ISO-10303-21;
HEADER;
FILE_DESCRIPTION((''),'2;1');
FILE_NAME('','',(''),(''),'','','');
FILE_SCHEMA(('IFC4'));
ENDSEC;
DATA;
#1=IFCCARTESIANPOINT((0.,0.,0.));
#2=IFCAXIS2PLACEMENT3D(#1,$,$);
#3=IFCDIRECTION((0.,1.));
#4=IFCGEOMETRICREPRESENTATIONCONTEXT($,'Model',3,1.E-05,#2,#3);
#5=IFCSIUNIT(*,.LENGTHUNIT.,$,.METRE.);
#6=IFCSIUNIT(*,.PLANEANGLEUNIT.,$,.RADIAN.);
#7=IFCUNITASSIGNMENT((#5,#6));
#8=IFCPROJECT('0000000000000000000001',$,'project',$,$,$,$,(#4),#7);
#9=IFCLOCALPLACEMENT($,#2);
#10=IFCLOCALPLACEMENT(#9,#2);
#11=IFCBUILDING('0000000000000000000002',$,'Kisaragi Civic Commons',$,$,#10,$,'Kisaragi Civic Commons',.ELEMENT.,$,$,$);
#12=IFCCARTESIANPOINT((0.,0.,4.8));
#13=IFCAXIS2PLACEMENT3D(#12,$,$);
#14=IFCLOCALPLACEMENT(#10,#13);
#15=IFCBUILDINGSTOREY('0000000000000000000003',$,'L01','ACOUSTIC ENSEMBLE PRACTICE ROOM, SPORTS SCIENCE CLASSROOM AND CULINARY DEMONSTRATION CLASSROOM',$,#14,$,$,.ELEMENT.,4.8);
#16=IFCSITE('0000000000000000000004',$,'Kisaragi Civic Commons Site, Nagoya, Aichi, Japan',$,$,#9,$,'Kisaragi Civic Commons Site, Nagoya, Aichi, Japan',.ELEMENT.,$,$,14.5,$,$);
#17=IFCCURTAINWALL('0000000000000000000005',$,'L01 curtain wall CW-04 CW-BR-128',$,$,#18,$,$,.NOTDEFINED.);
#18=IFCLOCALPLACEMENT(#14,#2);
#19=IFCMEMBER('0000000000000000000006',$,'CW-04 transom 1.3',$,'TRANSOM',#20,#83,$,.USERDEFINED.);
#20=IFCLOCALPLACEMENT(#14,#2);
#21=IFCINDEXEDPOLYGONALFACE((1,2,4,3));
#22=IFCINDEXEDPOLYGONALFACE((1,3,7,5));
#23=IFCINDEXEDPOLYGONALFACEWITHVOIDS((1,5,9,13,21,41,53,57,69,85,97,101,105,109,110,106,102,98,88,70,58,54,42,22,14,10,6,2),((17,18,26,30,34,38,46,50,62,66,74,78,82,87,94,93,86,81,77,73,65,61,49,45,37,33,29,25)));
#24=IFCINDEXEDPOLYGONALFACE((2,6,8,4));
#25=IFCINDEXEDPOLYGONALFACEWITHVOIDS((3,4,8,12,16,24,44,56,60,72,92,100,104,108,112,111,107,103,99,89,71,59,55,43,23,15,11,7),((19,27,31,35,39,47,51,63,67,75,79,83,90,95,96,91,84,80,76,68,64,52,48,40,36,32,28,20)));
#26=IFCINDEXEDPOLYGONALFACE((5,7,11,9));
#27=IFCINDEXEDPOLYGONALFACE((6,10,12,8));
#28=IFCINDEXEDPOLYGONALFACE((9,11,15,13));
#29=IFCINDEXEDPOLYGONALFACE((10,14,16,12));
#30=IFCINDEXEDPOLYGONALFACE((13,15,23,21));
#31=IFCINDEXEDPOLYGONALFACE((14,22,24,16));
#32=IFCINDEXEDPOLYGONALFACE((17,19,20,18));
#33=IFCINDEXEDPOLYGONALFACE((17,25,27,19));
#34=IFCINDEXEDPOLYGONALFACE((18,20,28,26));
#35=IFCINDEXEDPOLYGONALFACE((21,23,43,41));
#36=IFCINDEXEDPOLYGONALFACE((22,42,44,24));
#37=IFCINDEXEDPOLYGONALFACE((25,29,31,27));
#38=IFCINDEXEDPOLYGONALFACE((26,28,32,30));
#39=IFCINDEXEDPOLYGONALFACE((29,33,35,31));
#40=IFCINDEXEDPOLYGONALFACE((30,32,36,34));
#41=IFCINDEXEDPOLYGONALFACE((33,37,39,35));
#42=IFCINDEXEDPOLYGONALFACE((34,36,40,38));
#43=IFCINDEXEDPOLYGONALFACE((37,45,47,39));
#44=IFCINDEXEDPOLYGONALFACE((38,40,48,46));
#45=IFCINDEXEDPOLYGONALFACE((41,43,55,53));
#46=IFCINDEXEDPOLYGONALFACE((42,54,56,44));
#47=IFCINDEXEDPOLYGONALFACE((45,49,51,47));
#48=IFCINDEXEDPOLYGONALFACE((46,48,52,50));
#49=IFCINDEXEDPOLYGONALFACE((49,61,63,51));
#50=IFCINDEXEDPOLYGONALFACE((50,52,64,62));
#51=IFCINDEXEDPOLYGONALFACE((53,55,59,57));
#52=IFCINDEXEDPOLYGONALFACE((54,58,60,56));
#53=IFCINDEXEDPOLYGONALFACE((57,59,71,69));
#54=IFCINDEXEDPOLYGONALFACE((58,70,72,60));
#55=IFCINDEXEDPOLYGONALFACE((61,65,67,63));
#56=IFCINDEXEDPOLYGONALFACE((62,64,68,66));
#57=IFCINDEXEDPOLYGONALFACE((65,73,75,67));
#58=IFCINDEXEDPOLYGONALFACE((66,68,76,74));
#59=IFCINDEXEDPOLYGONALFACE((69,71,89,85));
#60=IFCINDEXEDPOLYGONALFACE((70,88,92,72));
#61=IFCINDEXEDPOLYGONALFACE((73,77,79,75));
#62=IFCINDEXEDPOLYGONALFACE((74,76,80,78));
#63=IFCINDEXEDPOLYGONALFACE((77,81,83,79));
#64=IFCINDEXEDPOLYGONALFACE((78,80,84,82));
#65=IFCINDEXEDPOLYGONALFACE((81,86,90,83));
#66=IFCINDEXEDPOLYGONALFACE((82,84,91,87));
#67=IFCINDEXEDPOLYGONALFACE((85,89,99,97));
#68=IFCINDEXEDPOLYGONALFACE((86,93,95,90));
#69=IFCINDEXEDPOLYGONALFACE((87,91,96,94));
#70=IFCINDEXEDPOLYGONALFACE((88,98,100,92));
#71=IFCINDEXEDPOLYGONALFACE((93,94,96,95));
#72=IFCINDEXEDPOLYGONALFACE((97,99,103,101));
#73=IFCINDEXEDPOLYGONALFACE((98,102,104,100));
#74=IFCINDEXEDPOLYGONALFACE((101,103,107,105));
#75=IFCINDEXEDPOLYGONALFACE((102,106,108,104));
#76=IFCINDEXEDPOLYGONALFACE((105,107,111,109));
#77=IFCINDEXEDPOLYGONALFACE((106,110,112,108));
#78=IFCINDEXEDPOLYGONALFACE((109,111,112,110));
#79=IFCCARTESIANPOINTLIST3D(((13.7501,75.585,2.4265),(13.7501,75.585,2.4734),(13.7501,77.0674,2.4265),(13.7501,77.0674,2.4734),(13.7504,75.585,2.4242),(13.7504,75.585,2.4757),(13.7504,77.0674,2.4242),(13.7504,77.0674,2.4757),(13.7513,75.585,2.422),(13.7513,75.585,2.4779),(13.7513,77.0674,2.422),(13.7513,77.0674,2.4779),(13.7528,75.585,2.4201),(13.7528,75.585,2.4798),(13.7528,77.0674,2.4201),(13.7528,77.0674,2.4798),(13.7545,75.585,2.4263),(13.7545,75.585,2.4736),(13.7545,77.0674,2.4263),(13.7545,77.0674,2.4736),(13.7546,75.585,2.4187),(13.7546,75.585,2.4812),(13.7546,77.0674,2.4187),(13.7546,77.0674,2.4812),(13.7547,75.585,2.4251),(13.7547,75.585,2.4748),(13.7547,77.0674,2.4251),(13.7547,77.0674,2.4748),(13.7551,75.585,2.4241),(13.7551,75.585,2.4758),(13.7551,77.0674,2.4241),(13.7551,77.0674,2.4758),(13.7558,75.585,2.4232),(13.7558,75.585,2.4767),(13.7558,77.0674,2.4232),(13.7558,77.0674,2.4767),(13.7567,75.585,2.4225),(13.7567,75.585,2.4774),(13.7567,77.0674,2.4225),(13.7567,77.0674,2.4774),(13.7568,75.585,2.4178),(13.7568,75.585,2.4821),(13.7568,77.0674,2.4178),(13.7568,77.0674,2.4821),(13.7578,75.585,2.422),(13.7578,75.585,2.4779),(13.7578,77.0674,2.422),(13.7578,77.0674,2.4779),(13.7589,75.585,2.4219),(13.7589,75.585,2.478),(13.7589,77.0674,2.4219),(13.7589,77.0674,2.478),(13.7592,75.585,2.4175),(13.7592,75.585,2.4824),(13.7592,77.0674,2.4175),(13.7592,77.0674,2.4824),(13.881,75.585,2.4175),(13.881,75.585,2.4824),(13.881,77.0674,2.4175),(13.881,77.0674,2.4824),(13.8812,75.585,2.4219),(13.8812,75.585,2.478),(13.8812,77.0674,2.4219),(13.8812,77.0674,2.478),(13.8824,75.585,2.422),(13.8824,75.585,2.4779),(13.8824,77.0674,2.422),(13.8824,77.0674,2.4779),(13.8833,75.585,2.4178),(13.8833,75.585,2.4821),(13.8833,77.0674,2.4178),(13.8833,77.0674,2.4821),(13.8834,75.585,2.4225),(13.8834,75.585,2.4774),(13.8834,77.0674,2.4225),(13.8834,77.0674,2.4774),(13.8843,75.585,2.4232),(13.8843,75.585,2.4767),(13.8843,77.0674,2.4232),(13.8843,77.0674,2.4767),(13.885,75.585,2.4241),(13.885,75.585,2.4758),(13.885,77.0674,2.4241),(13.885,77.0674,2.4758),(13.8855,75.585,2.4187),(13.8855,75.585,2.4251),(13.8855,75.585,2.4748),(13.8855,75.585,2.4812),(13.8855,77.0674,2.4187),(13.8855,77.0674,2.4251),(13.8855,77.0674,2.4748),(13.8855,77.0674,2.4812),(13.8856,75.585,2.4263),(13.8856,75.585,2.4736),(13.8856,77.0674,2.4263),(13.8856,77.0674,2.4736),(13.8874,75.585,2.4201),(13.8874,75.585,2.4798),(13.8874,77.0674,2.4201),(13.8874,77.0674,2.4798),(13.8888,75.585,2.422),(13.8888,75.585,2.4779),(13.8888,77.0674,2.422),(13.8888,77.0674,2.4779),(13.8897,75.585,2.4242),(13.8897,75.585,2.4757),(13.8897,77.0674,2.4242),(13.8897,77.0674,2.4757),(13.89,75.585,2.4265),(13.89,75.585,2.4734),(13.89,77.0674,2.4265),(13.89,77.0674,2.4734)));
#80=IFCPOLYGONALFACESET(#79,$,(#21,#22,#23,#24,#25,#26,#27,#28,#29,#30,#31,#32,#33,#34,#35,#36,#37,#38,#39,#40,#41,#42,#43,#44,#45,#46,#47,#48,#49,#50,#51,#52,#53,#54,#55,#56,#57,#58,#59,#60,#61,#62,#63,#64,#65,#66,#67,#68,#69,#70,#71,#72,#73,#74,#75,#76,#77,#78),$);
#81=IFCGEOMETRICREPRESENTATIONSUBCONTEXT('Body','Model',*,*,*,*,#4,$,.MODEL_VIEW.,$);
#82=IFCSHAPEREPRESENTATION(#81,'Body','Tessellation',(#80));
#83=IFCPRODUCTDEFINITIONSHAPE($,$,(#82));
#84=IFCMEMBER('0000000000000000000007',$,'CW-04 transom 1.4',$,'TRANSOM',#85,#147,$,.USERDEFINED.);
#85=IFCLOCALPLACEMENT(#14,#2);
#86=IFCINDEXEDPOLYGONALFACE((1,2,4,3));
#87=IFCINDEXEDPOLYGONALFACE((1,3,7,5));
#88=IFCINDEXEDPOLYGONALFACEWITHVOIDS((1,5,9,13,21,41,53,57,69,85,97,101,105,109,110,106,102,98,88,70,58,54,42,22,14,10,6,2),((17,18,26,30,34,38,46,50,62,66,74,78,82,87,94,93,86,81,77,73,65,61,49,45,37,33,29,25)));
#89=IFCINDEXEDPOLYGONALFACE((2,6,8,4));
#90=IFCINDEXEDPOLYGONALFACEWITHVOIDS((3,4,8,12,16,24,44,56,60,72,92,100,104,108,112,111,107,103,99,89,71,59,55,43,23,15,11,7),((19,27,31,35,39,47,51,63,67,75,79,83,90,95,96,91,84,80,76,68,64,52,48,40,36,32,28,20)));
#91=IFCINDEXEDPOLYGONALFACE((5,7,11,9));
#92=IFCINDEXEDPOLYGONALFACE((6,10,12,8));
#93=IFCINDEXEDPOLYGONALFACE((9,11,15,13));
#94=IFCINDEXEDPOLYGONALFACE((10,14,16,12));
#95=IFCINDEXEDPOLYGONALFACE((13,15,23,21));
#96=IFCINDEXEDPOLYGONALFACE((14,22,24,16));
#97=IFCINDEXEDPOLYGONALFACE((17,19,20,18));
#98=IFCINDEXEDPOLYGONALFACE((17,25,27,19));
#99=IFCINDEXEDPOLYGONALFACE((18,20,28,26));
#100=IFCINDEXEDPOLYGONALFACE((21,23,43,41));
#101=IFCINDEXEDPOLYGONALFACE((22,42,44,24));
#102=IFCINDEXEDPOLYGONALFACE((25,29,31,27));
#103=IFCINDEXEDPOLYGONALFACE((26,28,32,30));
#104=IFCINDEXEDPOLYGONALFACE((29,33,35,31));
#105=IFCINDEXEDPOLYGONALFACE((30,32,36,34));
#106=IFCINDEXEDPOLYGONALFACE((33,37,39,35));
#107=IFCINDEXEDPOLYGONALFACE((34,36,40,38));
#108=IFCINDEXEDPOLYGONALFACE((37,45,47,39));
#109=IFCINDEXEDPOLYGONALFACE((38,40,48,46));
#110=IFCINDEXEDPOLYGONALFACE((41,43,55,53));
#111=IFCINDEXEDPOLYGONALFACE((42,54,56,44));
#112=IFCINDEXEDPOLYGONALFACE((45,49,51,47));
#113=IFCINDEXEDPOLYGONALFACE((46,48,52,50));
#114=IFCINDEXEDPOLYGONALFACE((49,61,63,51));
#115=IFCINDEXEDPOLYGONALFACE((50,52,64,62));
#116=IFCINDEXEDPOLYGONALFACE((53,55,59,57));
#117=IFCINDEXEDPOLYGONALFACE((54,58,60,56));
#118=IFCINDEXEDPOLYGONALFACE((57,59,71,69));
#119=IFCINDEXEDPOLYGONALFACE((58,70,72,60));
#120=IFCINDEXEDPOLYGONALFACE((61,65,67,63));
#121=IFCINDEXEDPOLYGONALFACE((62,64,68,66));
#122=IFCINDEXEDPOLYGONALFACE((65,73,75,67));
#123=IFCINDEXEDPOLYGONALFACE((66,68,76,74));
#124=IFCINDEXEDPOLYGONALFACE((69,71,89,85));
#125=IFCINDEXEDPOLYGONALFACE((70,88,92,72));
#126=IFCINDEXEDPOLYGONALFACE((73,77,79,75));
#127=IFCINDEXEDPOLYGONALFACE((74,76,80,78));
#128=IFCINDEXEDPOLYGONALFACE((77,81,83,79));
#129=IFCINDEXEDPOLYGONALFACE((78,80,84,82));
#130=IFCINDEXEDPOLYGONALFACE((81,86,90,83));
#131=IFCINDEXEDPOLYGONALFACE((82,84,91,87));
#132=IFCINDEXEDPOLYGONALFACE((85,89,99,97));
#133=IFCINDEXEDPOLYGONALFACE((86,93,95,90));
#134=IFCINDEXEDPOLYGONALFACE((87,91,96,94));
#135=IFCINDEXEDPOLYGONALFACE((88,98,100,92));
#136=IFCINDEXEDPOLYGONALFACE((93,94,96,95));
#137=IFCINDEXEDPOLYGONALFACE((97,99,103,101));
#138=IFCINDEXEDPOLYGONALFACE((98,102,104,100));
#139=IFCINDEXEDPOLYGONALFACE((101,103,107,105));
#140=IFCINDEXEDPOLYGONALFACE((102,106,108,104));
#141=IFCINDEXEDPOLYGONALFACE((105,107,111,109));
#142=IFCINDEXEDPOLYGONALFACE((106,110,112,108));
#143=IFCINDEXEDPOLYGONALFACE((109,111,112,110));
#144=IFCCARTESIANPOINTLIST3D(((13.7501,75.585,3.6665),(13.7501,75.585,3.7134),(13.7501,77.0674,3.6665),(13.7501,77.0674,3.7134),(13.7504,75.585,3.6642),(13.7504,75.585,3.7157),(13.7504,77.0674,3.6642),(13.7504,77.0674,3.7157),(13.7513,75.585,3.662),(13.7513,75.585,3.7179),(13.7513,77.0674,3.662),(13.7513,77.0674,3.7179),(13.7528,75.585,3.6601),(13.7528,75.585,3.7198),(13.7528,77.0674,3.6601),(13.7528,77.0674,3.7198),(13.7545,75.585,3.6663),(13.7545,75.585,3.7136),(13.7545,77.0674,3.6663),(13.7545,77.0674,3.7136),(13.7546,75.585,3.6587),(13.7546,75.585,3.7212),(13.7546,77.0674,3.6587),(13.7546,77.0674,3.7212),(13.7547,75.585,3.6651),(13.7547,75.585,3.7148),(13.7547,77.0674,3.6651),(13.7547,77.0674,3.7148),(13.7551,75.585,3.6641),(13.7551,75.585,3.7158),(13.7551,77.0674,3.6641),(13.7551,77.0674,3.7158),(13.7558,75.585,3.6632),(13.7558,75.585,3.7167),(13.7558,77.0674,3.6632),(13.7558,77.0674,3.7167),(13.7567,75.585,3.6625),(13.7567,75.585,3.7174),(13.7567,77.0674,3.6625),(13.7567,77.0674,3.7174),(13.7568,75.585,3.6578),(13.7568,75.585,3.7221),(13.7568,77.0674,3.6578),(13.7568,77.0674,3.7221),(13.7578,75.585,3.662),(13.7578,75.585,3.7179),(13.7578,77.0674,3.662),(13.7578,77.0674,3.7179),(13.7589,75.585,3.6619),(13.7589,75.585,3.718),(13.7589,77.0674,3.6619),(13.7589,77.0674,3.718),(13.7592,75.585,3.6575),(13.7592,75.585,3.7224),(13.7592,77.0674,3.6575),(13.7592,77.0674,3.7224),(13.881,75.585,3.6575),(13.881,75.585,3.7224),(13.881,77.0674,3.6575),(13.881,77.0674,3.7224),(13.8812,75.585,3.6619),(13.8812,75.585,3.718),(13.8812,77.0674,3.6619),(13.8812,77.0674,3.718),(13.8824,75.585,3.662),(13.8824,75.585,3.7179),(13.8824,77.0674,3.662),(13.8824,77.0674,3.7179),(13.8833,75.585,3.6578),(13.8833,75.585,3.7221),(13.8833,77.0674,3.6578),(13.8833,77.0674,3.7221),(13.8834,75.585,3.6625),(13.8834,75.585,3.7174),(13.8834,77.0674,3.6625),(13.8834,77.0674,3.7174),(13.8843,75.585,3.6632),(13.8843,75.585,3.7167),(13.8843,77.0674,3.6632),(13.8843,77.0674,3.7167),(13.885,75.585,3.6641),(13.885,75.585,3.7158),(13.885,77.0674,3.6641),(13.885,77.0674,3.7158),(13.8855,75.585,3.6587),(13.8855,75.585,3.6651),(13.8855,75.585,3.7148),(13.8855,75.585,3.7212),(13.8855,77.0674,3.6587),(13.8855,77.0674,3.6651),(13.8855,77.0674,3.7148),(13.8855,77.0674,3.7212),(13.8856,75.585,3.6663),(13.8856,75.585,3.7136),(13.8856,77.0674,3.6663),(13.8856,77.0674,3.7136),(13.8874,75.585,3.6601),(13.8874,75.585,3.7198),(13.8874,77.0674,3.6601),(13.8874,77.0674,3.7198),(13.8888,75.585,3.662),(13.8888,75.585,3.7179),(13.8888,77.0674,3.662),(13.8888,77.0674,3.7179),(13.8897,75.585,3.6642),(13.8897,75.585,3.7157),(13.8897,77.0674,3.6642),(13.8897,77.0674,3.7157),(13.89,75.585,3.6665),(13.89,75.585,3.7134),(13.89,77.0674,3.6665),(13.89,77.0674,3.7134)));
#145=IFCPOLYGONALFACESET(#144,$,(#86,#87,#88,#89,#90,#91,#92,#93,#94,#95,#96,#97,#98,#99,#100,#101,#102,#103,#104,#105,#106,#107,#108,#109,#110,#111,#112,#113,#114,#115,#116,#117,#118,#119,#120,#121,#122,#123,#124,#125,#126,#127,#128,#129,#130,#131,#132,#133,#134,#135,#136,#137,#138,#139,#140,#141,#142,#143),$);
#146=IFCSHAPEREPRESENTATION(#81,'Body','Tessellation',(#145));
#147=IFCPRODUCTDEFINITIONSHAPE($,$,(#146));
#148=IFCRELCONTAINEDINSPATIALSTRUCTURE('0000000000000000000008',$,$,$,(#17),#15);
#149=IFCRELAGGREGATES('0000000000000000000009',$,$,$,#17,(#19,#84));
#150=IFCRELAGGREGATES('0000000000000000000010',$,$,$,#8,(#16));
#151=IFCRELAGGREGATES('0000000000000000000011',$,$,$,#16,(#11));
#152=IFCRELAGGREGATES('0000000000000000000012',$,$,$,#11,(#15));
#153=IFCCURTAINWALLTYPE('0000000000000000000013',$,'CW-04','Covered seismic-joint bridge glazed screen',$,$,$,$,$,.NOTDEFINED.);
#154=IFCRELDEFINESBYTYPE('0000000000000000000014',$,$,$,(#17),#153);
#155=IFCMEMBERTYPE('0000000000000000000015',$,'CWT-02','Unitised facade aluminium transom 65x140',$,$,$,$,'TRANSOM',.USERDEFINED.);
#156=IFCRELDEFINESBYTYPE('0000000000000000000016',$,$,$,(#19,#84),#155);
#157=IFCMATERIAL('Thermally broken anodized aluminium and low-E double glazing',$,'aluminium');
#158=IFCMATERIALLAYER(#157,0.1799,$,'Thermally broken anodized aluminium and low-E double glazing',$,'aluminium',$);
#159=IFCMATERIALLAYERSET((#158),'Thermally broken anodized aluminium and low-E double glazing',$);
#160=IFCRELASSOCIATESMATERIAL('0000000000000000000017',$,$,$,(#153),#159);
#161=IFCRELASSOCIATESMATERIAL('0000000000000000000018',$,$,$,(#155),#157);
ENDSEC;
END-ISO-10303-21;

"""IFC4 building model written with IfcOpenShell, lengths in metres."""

from ifc_helpers import new_model, si_unit, direction, frame, origin, origin_2d, place, context, subcontext, project, spatial, hollow_rectangle, extrude, material, layer, layer_set, material_profile, profile_set, type_object, element, aggregate, save


model = new_model("IFC4")

# Units and contexts
model_context = context("Model", 3, precision=1e-05, world=origin(), true_north=direction((0.0, 1.0)))
body_context = subcontext(model_context, "Body", "Model", "MODEL_VIEW")
ifc_project = project(units=[si_unit("LENGTHUNIT", "METRE"), si_unit("PLANEANGLEUNIT", "RADIAN")], contexts=[model_context])

# Site, building, storey
site_placement = place(None, origin())
site = spatial("IfcSite", under=ifc_project, at=site_placement, Name="Kisaragi Civic Commons Site, Nagoya, Aichi, Japan", LongName="Kisaragi Civic Commons Site, Nagoya, Aichi, Japan", CompositionType="ELEMENT", RefElevation=14.5)
building_placement = place(site_placement, origin())
building = spatial("IfcBuilding", under=site, at=building_placement, Name="Kisaragi Civic Commons", LongName="Kisaragi Civic Commons", CompositionType="ELEMENT")
storey_placement = place(building_placement, frame((0.0, 0.0, 4.8)))
storey = spatial("IfcBuildingStorey", under=building, at=storey_placement, Name="L01", Description="ACOUSTIC ENSEMBLE PRACTICE ROOM, SPORTS SCIENCE CLASSROOM AND CULINARY DEMONSTRATION CLASSROOM", CompositionType="ELEMENT", Elevation=4.8)

# Curtain wall
ifc_material_1 = material(Name="Thermally broken anodized aluminium and low-E double glazing", Category="aluminium")
ifc_layer_1 = layer(ifc_material_1, 0.1799, Name="Thermally broken anodized aluminium and low-E double glazing", Category="aluminium")
ifc_layer_set_1 = layer_set([ifc_layer_1], Name="Thermally broken anodized aluminium and low-E double glazing")
curtain_wall_type = type_object("IfcCurtainWallType", Name="CW-04", Description="Covered seismic-joint bridge glazed screen", PredefinedType="NOTDEFINED", material=ifc_layer_set_1)
curtain_wall_1_placement = place(storey_placement, origin())
curtain_wall_1 = element("IfcCurtainWall", 1, at=curtain_wall_1_placement, inside=storey, type_object=curtain_wall_type, Name="L01 curtain wall CW-04 CW-BR-128", PredefinedType="NOTDEFINED")

# Members
ifc_material_profile_1 = material_profile(ifc_material_1, hollow_rectangle(XDim=0.1399, YDim=0.0649, WallThickness=0.0044, InnerFilletRadius=0.0044, OuterFilletRadius=0.009, at=origin_2d()), Name="CWT-65x140x4.5", Category="aluminium")
ifc_profile_set_1 = profile_set([ifc_material_profile_1], Name="Thermally broken anodized aluminium and low-E double glazing")
member_type_1 = type_object("IfcMemberType", Name="CWT-02", Description="Unitised facade aluminium transom 65x140", ElementType="TRANSOM", PredefinedType="USERDEFINED", material=ifc_profile_set_1)
member_1_placement = place(storey_placement, frame((13.8201, 75.585, 2.45), z_axis=(0.0, 1.0, 0.0), x_axis=(-1.0, 0.0, 0.0)))
member_1 = element("IfcMember", 2, at=member_1_placement, type_object=member_type_1, Name="CW-04 transom 1.3", ObjectType="TRANSOM", PredefinedType="USERDEFINED", context=body_context, shape_type="SweptSolid", body=[
    extrude(hollow_rectangle(XDim=0.1399, YDim=0.0649, WallThickness=0.0044, InnerFilletRadius=0.0044, OuterFilletRadius=0.009, at=origin_2d()), origin(), (0.0, 0.0, 1.0), 1.4824),
])
member_2_placement = place(storey_placement, frame((13.8201, 75.585, 3.6899), z_axis=(0.0, 1.0, 0.0), x_axis=(-1.0, 0.0, 0.0)))
member_2 = element("IfcMember", 3, at=member_2_placement, type_object=member_type_1, Name="CW-04 transom 1.4", ObjectType="TRANSOM", PredefinedType="USERDEFINED", context=body_context, shape_type="SweptSolid", body=[
    extrude(hollow_rectangle(XDim=0.1399, YDim=0.0649, WallThickness=0.0044, InnerFilletRadius=0.0044, OuterFilletRadius=0.009, at=origin_2d()), origin(), (0.0, 0.0, 1.0), 1.4824),
])

aggregate(curtain_wall_1, [member_1, member_2])

save(model, "model.ifc")
